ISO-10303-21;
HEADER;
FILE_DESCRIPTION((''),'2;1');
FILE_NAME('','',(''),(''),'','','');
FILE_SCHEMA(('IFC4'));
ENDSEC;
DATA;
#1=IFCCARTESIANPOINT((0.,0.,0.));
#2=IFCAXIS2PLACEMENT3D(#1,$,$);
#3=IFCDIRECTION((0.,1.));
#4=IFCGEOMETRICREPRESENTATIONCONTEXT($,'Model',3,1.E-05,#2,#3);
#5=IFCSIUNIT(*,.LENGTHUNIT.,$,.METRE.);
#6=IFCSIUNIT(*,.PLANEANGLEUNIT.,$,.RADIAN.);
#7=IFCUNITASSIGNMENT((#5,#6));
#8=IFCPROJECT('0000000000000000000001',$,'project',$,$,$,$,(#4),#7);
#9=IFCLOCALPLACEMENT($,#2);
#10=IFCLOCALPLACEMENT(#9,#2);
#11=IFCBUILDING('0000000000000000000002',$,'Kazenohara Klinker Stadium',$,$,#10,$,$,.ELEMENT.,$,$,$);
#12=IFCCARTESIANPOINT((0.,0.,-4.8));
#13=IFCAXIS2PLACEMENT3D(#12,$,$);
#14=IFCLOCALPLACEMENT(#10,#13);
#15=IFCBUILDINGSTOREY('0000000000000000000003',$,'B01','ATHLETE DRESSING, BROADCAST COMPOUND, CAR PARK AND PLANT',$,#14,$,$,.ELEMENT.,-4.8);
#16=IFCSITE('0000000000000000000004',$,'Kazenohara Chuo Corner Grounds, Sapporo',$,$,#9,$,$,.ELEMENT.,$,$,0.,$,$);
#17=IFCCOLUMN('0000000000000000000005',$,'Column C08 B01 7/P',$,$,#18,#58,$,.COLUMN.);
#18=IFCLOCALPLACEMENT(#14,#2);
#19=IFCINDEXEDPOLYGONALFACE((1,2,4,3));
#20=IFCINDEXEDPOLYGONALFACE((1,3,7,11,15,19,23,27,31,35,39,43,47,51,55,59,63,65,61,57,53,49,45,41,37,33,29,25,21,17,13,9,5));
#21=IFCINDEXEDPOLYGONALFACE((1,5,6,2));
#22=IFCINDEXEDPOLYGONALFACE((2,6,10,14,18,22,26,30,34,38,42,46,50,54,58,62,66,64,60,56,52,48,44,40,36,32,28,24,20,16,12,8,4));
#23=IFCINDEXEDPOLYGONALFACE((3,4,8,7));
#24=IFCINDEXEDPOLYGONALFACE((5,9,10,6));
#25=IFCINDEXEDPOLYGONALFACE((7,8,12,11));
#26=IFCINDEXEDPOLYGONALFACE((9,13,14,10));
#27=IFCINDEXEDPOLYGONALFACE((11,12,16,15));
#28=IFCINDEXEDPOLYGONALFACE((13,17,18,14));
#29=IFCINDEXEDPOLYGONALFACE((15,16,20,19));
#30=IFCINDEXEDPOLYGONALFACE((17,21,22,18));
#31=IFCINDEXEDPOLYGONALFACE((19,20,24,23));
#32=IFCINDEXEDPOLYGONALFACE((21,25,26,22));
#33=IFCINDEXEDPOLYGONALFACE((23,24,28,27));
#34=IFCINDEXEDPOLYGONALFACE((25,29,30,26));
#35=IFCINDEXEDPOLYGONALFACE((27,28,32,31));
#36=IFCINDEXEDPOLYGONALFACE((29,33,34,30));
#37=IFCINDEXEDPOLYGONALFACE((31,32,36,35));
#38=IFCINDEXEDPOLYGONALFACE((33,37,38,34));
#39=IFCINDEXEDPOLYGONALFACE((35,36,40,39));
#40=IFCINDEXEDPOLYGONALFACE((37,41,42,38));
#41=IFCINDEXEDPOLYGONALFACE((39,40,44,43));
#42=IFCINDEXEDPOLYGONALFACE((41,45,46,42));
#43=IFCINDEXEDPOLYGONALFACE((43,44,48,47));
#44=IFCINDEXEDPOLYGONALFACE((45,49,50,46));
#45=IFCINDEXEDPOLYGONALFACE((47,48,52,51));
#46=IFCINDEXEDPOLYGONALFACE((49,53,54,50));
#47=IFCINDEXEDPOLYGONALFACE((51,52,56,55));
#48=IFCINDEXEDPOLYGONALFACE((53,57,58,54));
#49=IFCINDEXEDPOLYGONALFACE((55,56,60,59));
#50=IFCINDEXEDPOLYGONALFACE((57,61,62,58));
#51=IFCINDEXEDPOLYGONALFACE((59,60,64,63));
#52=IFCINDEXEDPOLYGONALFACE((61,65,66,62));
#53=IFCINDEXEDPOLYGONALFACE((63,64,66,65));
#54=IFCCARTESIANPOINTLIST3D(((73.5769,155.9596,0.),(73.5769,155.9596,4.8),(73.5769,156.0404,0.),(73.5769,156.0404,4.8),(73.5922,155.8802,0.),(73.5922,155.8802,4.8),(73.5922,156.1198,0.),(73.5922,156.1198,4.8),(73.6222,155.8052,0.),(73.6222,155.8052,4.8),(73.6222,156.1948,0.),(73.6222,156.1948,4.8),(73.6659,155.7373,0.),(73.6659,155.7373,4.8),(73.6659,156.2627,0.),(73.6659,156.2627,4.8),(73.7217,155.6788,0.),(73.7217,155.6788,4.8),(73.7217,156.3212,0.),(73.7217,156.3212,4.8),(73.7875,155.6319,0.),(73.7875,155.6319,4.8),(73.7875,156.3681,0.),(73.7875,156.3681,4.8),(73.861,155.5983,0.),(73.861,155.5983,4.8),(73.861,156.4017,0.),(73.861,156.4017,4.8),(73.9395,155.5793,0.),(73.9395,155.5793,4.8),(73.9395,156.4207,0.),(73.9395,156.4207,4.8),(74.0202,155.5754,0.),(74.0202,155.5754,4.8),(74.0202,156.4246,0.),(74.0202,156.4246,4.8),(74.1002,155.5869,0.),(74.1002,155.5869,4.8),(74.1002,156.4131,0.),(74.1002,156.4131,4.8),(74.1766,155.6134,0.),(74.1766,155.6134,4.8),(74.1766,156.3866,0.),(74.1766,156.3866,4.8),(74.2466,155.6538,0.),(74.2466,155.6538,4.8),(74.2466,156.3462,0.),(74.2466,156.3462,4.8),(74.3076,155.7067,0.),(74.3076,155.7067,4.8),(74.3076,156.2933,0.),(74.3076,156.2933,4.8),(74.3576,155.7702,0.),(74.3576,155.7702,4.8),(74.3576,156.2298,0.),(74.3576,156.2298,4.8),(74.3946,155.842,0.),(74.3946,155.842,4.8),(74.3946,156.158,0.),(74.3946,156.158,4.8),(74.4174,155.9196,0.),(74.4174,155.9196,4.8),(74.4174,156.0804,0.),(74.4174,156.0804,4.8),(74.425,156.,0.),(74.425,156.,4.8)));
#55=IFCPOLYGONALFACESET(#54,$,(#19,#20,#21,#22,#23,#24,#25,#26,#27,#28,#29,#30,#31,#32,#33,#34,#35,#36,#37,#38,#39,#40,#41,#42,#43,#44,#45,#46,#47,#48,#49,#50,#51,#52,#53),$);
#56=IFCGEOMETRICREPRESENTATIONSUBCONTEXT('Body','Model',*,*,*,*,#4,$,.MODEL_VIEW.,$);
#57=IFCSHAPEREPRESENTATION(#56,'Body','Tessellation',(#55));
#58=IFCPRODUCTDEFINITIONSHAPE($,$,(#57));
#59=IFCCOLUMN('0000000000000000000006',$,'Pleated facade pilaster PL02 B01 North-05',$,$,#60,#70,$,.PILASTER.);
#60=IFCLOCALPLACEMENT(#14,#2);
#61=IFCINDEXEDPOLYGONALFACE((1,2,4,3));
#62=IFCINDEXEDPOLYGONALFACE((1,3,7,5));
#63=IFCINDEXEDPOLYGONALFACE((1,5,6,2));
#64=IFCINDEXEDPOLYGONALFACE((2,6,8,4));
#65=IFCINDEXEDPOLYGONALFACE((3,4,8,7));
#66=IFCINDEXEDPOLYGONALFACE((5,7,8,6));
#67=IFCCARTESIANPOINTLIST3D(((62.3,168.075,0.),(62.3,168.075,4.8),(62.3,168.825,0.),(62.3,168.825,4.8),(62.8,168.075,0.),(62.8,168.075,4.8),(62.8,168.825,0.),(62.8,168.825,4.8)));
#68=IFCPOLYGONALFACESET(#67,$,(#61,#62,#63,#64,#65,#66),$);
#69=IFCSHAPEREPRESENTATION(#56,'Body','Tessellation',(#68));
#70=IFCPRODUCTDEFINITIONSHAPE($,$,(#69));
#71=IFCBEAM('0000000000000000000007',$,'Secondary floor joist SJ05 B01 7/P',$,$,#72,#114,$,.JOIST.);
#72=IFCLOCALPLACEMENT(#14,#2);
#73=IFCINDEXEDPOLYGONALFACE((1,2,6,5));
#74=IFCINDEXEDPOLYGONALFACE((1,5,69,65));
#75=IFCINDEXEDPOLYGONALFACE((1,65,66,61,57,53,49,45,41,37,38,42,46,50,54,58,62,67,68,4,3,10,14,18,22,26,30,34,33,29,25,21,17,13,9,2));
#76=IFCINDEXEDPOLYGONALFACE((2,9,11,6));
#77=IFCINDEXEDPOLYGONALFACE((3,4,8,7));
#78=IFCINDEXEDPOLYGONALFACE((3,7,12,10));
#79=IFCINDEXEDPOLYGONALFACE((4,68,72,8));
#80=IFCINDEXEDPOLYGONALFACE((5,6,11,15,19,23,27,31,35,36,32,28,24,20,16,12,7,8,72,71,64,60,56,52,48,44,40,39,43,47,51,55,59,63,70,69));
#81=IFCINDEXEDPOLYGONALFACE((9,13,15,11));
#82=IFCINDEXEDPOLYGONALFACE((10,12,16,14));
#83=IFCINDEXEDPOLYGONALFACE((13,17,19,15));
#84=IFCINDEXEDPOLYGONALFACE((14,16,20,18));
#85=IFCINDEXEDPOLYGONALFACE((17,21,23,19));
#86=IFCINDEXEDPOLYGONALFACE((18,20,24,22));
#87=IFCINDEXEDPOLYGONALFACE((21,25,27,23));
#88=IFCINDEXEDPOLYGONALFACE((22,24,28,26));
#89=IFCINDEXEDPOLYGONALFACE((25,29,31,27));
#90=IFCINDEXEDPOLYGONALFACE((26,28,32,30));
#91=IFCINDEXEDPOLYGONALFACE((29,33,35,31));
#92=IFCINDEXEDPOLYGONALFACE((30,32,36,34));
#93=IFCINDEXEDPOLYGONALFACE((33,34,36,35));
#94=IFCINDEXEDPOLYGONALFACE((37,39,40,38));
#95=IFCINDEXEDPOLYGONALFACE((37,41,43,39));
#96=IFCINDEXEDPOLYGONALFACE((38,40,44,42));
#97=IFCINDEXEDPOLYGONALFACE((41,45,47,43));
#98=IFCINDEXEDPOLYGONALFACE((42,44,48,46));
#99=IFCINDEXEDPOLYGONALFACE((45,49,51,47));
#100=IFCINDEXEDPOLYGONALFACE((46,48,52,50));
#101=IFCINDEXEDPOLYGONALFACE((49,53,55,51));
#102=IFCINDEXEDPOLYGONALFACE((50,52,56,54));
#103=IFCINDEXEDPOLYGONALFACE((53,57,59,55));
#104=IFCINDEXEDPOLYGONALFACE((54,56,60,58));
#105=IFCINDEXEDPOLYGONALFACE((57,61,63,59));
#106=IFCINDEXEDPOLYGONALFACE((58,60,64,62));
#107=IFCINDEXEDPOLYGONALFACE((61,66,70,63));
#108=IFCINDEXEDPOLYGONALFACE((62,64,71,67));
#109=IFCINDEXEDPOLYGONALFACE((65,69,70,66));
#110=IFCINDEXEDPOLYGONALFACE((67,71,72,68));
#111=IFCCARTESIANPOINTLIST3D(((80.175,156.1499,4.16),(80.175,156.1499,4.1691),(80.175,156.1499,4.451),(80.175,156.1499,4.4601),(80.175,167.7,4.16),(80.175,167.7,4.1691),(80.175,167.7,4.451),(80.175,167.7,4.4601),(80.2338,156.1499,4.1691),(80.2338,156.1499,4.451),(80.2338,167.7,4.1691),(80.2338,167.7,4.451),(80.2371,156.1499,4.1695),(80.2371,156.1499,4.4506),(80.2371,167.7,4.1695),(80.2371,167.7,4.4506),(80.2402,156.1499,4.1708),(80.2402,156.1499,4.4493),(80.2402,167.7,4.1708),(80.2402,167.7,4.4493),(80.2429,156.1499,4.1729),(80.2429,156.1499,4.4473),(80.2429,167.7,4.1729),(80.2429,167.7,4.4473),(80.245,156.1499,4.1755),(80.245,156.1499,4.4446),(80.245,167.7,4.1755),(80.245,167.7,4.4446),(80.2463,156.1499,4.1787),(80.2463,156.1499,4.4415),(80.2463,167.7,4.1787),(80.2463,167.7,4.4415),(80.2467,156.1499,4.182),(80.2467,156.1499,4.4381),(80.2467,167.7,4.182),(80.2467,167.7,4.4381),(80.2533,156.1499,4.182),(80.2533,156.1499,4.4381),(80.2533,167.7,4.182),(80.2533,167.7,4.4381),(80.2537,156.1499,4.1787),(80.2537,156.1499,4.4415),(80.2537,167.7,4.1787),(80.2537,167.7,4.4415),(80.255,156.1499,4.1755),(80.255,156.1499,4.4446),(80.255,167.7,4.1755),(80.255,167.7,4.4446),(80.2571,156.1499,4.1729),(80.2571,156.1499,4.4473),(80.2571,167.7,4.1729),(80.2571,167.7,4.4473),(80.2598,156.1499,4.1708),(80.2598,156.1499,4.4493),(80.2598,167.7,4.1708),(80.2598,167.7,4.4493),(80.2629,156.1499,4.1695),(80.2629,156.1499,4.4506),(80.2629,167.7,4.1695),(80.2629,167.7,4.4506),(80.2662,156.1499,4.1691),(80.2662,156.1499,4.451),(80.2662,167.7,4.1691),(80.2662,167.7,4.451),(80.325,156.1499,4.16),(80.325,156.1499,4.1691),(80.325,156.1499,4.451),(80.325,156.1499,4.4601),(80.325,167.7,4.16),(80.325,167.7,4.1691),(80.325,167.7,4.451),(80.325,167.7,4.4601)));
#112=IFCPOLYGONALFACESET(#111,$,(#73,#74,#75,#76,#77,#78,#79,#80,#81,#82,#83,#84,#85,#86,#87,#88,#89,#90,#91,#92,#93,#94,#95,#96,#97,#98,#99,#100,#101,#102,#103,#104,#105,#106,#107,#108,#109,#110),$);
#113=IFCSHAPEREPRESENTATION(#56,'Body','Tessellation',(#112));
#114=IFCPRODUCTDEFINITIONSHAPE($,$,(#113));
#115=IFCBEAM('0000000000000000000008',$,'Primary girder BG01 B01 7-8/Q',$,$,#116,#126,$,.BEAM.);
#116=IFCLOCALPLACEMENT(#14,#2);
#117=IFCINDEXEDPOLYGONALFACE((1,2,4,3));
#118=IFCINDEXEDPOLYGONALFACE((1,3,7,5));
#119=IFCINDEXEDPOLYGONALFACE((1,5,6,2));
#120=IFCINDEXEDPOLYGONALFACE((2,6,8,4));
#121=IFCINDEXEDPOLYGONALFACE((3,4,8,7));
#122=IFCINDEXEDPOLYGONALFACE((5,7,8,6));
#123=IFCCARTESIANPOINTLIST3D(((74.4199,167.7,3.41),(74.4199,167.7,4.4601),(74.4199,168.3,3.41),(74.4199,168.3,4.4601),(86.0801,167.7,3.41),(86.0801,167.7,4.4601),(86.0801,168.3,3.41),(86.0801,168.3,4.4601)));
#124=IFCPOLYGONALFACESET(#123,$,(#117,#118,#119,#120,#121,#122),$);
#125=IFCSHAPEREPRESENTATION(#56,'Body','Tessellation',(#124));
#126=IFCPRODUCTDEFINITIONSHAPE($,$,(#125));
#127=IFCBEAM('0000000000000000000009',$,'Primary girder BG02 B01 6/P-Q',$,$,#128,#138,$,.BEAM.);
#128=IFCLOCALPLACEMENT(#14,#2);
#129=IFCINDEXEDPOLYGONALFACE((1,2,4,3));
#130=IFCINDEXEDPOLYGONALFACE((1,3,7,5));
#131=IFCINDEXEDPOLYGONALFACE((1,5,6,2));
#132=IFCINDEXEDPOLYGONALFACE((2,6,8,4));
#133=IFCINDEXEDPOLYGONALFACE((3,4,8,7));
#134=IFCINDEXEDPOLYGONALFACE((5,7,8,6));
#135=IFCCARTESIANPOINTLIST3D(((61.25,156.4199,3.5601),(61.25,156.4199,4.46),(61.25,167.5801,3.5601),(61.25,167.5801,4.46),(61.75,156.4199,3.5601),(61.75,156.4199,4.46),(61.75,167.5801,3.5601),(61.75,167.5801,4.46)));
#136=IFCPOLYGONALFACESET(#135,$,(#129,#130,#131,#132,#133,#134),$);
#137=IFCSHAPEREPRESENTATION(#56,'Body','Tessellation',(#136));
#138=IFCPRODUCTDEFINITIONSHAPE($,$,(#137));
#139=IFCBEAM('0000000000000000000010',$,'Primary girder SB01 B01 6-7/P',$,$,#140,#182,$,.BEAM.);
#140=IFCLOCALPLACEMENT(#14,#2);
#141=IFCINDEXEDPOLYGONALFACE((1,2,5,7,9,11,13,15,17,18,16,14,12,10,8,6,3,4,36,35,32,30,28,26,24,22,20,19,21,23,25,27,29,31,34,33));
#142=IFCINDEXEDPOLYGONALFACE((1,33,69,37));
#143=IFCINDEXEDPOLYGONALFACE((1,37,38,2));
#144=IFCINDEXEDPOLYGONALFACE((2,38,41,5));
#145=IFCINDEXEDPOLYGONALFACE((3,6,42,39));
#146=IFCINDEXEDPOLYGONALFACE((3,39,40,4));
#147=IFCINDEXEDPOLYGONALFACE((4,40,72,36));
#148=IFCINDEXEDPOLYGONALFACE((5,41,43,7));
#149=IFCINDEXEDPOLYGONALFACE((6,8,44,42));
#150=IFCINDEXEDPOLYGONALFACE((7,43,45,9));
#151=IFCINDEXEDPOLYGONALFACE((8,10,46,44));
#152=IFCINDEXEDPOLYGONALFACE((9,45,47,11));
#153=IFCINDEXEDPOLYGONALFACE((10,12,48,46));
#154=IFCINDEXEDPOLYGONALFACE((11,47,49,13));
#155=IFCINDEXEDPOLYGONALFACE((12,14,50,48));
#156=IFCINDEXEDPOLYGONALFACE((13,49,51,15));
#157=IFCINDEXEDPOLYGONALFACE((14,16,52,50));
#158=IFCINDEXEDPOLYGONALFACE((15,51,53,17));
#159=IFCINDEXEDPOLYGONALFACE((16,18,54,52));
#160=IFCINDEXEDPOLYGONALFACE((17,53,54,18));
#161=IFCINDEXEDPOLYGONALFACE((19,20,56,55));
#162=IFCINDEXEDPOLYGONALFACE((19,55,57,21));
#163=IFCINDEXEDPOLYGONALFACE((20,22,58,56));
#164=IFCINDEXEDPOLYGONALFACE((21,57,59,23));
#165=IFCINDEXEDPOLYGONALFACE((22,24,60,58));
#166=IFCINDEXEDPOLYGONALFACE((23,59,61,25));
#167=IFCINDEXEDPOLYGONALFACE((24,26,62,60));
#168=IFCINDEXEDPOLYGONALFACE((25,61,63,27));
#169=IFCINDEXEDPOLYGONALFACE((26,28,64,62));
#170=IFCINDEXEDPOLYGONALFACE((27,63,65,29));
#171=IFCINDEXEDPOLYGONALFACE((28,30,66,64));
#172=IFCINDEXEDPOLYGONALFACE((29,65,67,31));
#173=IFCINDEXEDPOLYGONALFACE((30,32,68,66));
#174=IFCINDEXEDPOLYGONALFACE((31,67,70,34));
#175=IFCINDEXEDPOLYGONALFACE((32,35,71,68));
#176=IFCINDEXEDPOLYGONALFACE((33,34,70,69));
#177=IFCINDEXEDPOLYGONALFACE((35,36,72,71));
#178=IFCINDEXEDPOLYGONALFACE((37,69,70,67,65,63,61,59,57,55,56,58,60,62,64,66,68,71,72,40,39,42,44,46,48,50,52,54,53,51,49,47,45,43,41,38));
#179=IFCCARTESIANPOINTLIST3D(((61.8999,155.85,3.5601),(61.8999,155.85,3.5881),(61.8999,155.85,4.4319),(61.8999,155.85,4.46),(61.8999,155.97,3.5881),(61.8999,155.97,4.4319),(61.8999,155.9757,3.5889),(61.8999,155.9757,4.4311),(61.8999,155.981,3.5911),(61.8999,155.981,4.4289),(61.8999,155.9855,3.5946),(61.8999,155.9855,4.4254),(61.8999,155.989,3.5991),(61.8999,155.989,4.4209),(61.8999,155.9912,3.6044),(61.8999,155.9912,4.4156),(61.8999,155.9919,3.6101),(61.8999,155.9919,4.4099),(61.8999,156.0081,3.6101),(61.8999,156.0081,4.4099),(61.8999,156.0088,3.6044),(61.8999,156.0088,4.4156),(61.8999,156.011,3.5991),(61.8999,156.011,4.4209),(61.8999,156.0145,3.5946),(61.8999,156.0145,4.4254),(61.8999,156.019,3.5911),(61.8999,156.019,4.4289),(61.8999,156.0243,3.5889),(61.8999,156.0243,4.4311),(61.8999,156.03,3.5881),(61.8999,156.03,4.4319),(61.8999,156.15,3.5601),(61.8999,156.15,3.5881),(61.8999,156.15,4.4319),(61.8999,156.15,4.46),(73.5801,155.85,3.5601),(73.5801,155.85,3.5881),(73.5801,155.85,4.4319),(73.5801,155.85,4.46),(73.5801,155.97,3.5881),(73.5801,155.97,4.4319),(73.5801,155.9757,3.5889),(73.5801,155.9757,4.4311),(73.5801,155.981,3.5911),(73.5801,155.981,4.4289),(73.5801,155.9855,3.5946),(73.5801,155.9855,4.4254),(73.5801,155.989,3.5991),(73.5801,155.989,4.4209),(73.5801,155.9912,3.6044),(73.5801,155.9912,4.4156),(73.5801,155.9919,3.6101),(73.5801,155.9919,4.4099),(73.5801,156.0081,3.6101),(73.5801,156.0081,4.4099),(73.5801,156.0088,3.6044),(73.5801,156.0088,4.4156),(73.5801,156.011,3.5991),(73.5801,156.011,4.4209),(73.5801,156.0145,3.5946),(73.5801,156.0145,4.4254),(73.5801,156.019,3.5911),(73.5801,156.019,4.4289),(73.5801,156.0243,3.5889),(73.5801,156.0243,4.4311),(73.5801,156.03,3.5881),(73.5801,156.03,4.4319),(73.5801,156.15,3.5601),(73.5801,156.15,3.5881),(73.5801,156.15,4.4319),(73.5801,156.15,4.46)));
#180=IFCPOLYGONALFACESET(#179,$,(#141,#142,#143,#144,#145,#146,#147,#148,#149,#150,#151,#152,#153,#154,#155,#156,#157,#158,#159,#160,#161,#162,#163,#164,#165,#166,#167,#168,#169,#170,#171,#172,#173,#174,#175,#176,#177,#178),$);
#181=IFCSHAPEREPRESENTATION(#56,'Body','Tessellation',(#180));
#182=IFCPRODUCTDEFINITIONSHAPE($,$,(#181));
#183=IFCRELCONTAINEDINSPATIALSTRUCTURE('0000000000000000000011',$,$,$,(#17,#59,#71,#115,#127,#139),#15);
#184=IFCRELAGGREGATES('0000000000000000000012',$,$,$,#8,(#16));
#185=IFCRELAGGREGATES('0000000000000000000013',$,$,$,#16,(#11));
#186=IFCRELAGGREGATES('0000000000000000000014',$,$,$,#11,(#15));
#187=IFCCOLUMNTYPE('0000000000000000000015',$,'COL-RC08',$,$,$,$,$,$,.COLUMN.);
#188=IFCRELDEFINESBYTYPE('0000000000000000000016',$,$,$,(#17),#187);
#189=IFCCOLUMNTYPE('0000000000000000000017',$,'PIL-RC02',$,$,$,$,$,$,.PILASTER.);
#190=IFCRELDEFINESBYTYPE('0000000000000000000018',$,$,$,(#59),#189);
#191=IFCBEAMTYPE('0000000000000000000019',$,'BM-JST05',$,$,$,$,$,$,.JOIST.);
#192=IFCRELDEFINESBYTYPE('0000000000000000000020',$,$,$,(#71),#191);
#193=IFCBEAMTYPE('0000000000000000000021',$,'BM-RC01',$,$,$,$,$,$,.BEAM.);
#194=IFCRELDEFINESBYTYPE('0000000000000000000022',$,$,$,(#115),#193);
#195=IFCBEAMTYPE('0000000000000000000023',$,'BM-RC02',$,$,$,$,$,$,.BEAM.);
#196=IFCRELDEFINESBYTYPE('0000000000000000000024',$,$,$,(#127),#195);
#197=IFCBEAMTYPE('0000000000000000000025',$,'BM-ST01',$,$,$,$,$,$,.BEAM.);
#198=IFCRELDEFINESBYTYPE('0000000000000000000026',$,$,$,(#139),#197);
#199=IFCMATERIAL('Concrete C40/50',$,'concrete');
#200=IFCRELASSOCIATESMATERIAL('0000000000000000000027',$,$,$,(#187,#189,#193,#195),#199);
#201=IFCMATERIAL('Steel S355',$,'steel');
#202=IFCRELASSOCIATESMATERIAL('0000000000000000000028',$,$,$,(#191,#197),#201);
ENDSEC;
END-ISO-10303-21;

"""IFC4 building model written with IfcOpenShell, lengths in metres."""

from ifc_helpers import new_model, si_unit, direction, frame, origin, origin_2d, place, context, subcontext, project, spatial, rectangle, circle, i_section, extrude, material, material_profile, profile_set, type_object, element, save


model = new_model("IFC4")

# Units and contexts
model_context = context("Model", 3, precision=1e-05, world=origin(), true_north=direction((0.0, 1.0)))
body_context = subcontext(model_context, "Body", "Model", "MODEL_VIEW")
ifc_project = project(units=[si_unit("LENGTHUNIT", "METRE"), si_unit("PLANEANGLEUNIT", "RADIAN")], contexts=[model_context])

# Site, building, storey
site_placement = place(None, origin())
site = spatial("IfcSite", under=ifc_project, at=site_placement, Name="Kazenohara Chuo Corner Grounds, Sapporo", CompositionType="ELEMENT", RefElevation=0.0)
building_placement = place(site_placement, origin())
building = spatial("IfcBuilding", under=site, at=building_placement, Name="Kazenohara Klinker Stadium", CompositionType="ELEMENT")
storey_placement = place(building_placement, frame((0.0, 0.0, -4.8)))
storey = spatial("IfcBuildingStorey", under=building, at=storey_placement, Name="B01", Description="ATHLETE DRESSING, BROADCAST COMPOUND, CAR PARK AND PLANT", CompositionType="ELEMENT", Elevation=-4.8)

# Columns
ifc_material_1 = material(Name="Concrete C40/50", Category="concrete")
ifc_material_profile_1 = material_profile(ifc_material_1, circle(Radius=0.425, at=origin_2d()), Name="RC-COL-D850")
ifc_profile_set_1 = profile_set([ifc_material_profile_1], Name="Concrete C40/50")
column_type_1 = type_object("IfcColumnType", Name="COL-RC08", PredefinedType="COLUMN", material=ifc_profile_set_1)
for number, where, z_axis, x_axis, name in (
    (1, (74.0, 156.0, 0.0), (0.0, 0.0, 1.0), (1.0, 0.0, 0.0), "Column C08 B01 7/P"),
):
    element("IfcColumn", number, at=place(storey_placement, frame(where, z_axis=z_axis, x_axis=x_axis)), inside=storey, type_object=column_type_1, Name=name, PredefinedType="COLUMN", context=body_context, shape_type="SweptSolid", body=[
        extrude(circle(Radius=0.425, at=origin_2d()), origin(), (0.0, 0.0, 1.0), 4.8),
    ])
ifc_material_profile_2 = material_profile(ifc_material_1, rectangle(XDim=0.5, YDim=0.75, at=origin_2d()), Name="RC-PILASTER-500x750")
ifc_profile_set_2 = profile_set([ifc_material_profile_2], Name="Concrete C40/50")
column_type_2 = type_object("IfcColumnType", Name="PIL-RC02", PredefinedType="PILASTER", material=ifc_profile_set_2)
column_1_placement = place(storey_placement, frame((62.55, 168.45, 0.0), z_axis=(0.0, 0.0, 1.0), x_axis=(1.0, 0.0, 0.0)))
element("IfcColumn", 2, at=column_1_placement, inside=storey, type_object=column_type_2, Name="Pleated facade pilaster PL02 B01 North-05", PredefinedType="PILASTER", context=body_context, shape_type="SweptSolid", body=[
    extrude(rectangle(XDim=0.5, YDim=0.75, at=origin_2d()), origin(), (0.0, 0.0, 1.0), 4.8),
])

# Beams
ifc_material_2 = material(Name="Steel S355", Category="steel")
ifc_material_profile_3 = material_profile(ifc_material_2, i_section(OverallWidth=0.1499, OverallDepth=0.3, WebThickness=0.0066, FlangeThickness=0.009, FilletRadius=0.0129, at=origin_2d()), Name="H-300x150x6.5x9")
ifc_profile_set_3 = profile_set([ifc_material_profile_3], Name="Steel S355")
beam_type_1 = type_object("IfcBeamType", Name="BM-JST05", PredefinedType="JOIST", material=ifc_profile_set_3)
beam_1_placement = place(storey_placement, frame((80.25, 156.1499, 4.3101), z_axis=(0.0, 1.0, 0.0), x_axis=(-1.0, 0.0, 0.0)))
element("IfcBeam", 3, at=beam_1_placement, inside=storey, type_object=beam_type_1, Name="Secondary floor joist SJ05 B01 7/P", PredefinedType="JOIST", context=body_context, shape_type="SweptSolid", body=[
    extrude(i_section(OverallWidth=0.1499, OverallDepth=0.3, WebThickness=0.0066, FlangeThickness=0.009, FilletRadius=0.0129, at=origin_2d()), origin(), (0.0, 0.0, 1.0), 11.55),
])
ifc_material_profile_4 = material_profile(ifc_material_1, rectangle(XDim=0.6001, YDim=1.05, at=origin_2d()), Name="RC-BM-600x1050")
ifc_profile_set_4 = profile_set([ifc_material_profile_4], Name="Concrete C40/50")
beam_type_2 = type_object("IfcBeamType", Name="BM-RC01", PredefinedType="BEAM", material=ifc_profile_set_4)
beam_2_placement = place(storey_placement, frame((74.4199, 168.0, 3.9351), z_axis=(1.0, 0.0, 0.0), x_axis=(0.0, 1.0, 0.0)))
element("IfcBeam", 4, at=beam_2_placement, inside=storey, type_object=beam_type_2, Name="Primary girder BG01 B01 7-8/Q", PredefinedType="BEAM", context=body_context, shape_type="SweptSolid", body=[
    extrude(rectangle(XDim=0.6001, YDim=1.05, at=origin_2d()), origin(), (0.0, 0.0, 1.0), 11.6602),
])
ifc_material_profile_5 = material_profile(ifc_material_1, rectangle(XDim=0.5, YDim=0.8999, at=origin_2d()), Name="RC-BM-500x900")
ifc_profile_set_5 = profile_set([ifc_material_profile_5], Name="Concrete C40/50")
beam_type_3 = type_object("IfcBeamType", Name="BM-RC02", PredefinedType="BEAM", material=ifc_profile_set_5)
beam_3_placement = place(storey_placement, frame((61.5, 156.4199, 4.01), z_axis=(0.0, 1.0, 0.0), x_axis=(-1.0, 0.0, 0.0)))
element("IfcBeam", 5, at=beam_3_placement, inside=storey, type_object=beam_type_3, Name="Primary girder BG02 B01 6/P-Q", PredefinedType="BEAM", context=body_context, shape_type="SweptSolid", body=[
    extrude(rectangle(XDim=0.5, YDim=0.8999, at=origin_2d()), origin(), (0.0, 0.0, 1.0), 11.1602),
])
ifc_material_profile_6 = material_profile(ifc_material_2, i_section(OverallWidth=0.3, OverallDepth=0.8999, WebThickness=0.0161, FlangeThickness=0.0281, FilletRadius=0.022, at=origin_2d()), Name="H-900x300x16x28")
ifc_profile_set_6 = profile_set([ifc_material_profile_6], Name="Steel S355")
beam_type_4 = type_object("IfcBeamType", Name="BM-ST01", PredefinedType="BEAM", material=ifc_profile_set_6)
beam_4_placement = place(storey_placement, frame((61.8999, 156.0, 4.01), z_axis=(1.0, 0.0, 0.0), x_axis=(0.0, 1.0, 0.0)))
element("IfcBeam", 6, at=beam_4_placement, inside=storey, type_object=beam_type_4, Name="Primary girder SB01 B01 6-7/P", PredefinedType="BEAM", context=body_context, shape_type="SweptSolid", body=[
    extrude(i_section(OverallWidth=0.3, OverallDepth=0.8999, WebThickness=0.0161, FlangeThickness=0.0281, FilletRadius=0.022, at=origin_2d()), origin(), (0.0, 0.0, 1.0), 11.6802),
])

save(model, "model.ifc")
